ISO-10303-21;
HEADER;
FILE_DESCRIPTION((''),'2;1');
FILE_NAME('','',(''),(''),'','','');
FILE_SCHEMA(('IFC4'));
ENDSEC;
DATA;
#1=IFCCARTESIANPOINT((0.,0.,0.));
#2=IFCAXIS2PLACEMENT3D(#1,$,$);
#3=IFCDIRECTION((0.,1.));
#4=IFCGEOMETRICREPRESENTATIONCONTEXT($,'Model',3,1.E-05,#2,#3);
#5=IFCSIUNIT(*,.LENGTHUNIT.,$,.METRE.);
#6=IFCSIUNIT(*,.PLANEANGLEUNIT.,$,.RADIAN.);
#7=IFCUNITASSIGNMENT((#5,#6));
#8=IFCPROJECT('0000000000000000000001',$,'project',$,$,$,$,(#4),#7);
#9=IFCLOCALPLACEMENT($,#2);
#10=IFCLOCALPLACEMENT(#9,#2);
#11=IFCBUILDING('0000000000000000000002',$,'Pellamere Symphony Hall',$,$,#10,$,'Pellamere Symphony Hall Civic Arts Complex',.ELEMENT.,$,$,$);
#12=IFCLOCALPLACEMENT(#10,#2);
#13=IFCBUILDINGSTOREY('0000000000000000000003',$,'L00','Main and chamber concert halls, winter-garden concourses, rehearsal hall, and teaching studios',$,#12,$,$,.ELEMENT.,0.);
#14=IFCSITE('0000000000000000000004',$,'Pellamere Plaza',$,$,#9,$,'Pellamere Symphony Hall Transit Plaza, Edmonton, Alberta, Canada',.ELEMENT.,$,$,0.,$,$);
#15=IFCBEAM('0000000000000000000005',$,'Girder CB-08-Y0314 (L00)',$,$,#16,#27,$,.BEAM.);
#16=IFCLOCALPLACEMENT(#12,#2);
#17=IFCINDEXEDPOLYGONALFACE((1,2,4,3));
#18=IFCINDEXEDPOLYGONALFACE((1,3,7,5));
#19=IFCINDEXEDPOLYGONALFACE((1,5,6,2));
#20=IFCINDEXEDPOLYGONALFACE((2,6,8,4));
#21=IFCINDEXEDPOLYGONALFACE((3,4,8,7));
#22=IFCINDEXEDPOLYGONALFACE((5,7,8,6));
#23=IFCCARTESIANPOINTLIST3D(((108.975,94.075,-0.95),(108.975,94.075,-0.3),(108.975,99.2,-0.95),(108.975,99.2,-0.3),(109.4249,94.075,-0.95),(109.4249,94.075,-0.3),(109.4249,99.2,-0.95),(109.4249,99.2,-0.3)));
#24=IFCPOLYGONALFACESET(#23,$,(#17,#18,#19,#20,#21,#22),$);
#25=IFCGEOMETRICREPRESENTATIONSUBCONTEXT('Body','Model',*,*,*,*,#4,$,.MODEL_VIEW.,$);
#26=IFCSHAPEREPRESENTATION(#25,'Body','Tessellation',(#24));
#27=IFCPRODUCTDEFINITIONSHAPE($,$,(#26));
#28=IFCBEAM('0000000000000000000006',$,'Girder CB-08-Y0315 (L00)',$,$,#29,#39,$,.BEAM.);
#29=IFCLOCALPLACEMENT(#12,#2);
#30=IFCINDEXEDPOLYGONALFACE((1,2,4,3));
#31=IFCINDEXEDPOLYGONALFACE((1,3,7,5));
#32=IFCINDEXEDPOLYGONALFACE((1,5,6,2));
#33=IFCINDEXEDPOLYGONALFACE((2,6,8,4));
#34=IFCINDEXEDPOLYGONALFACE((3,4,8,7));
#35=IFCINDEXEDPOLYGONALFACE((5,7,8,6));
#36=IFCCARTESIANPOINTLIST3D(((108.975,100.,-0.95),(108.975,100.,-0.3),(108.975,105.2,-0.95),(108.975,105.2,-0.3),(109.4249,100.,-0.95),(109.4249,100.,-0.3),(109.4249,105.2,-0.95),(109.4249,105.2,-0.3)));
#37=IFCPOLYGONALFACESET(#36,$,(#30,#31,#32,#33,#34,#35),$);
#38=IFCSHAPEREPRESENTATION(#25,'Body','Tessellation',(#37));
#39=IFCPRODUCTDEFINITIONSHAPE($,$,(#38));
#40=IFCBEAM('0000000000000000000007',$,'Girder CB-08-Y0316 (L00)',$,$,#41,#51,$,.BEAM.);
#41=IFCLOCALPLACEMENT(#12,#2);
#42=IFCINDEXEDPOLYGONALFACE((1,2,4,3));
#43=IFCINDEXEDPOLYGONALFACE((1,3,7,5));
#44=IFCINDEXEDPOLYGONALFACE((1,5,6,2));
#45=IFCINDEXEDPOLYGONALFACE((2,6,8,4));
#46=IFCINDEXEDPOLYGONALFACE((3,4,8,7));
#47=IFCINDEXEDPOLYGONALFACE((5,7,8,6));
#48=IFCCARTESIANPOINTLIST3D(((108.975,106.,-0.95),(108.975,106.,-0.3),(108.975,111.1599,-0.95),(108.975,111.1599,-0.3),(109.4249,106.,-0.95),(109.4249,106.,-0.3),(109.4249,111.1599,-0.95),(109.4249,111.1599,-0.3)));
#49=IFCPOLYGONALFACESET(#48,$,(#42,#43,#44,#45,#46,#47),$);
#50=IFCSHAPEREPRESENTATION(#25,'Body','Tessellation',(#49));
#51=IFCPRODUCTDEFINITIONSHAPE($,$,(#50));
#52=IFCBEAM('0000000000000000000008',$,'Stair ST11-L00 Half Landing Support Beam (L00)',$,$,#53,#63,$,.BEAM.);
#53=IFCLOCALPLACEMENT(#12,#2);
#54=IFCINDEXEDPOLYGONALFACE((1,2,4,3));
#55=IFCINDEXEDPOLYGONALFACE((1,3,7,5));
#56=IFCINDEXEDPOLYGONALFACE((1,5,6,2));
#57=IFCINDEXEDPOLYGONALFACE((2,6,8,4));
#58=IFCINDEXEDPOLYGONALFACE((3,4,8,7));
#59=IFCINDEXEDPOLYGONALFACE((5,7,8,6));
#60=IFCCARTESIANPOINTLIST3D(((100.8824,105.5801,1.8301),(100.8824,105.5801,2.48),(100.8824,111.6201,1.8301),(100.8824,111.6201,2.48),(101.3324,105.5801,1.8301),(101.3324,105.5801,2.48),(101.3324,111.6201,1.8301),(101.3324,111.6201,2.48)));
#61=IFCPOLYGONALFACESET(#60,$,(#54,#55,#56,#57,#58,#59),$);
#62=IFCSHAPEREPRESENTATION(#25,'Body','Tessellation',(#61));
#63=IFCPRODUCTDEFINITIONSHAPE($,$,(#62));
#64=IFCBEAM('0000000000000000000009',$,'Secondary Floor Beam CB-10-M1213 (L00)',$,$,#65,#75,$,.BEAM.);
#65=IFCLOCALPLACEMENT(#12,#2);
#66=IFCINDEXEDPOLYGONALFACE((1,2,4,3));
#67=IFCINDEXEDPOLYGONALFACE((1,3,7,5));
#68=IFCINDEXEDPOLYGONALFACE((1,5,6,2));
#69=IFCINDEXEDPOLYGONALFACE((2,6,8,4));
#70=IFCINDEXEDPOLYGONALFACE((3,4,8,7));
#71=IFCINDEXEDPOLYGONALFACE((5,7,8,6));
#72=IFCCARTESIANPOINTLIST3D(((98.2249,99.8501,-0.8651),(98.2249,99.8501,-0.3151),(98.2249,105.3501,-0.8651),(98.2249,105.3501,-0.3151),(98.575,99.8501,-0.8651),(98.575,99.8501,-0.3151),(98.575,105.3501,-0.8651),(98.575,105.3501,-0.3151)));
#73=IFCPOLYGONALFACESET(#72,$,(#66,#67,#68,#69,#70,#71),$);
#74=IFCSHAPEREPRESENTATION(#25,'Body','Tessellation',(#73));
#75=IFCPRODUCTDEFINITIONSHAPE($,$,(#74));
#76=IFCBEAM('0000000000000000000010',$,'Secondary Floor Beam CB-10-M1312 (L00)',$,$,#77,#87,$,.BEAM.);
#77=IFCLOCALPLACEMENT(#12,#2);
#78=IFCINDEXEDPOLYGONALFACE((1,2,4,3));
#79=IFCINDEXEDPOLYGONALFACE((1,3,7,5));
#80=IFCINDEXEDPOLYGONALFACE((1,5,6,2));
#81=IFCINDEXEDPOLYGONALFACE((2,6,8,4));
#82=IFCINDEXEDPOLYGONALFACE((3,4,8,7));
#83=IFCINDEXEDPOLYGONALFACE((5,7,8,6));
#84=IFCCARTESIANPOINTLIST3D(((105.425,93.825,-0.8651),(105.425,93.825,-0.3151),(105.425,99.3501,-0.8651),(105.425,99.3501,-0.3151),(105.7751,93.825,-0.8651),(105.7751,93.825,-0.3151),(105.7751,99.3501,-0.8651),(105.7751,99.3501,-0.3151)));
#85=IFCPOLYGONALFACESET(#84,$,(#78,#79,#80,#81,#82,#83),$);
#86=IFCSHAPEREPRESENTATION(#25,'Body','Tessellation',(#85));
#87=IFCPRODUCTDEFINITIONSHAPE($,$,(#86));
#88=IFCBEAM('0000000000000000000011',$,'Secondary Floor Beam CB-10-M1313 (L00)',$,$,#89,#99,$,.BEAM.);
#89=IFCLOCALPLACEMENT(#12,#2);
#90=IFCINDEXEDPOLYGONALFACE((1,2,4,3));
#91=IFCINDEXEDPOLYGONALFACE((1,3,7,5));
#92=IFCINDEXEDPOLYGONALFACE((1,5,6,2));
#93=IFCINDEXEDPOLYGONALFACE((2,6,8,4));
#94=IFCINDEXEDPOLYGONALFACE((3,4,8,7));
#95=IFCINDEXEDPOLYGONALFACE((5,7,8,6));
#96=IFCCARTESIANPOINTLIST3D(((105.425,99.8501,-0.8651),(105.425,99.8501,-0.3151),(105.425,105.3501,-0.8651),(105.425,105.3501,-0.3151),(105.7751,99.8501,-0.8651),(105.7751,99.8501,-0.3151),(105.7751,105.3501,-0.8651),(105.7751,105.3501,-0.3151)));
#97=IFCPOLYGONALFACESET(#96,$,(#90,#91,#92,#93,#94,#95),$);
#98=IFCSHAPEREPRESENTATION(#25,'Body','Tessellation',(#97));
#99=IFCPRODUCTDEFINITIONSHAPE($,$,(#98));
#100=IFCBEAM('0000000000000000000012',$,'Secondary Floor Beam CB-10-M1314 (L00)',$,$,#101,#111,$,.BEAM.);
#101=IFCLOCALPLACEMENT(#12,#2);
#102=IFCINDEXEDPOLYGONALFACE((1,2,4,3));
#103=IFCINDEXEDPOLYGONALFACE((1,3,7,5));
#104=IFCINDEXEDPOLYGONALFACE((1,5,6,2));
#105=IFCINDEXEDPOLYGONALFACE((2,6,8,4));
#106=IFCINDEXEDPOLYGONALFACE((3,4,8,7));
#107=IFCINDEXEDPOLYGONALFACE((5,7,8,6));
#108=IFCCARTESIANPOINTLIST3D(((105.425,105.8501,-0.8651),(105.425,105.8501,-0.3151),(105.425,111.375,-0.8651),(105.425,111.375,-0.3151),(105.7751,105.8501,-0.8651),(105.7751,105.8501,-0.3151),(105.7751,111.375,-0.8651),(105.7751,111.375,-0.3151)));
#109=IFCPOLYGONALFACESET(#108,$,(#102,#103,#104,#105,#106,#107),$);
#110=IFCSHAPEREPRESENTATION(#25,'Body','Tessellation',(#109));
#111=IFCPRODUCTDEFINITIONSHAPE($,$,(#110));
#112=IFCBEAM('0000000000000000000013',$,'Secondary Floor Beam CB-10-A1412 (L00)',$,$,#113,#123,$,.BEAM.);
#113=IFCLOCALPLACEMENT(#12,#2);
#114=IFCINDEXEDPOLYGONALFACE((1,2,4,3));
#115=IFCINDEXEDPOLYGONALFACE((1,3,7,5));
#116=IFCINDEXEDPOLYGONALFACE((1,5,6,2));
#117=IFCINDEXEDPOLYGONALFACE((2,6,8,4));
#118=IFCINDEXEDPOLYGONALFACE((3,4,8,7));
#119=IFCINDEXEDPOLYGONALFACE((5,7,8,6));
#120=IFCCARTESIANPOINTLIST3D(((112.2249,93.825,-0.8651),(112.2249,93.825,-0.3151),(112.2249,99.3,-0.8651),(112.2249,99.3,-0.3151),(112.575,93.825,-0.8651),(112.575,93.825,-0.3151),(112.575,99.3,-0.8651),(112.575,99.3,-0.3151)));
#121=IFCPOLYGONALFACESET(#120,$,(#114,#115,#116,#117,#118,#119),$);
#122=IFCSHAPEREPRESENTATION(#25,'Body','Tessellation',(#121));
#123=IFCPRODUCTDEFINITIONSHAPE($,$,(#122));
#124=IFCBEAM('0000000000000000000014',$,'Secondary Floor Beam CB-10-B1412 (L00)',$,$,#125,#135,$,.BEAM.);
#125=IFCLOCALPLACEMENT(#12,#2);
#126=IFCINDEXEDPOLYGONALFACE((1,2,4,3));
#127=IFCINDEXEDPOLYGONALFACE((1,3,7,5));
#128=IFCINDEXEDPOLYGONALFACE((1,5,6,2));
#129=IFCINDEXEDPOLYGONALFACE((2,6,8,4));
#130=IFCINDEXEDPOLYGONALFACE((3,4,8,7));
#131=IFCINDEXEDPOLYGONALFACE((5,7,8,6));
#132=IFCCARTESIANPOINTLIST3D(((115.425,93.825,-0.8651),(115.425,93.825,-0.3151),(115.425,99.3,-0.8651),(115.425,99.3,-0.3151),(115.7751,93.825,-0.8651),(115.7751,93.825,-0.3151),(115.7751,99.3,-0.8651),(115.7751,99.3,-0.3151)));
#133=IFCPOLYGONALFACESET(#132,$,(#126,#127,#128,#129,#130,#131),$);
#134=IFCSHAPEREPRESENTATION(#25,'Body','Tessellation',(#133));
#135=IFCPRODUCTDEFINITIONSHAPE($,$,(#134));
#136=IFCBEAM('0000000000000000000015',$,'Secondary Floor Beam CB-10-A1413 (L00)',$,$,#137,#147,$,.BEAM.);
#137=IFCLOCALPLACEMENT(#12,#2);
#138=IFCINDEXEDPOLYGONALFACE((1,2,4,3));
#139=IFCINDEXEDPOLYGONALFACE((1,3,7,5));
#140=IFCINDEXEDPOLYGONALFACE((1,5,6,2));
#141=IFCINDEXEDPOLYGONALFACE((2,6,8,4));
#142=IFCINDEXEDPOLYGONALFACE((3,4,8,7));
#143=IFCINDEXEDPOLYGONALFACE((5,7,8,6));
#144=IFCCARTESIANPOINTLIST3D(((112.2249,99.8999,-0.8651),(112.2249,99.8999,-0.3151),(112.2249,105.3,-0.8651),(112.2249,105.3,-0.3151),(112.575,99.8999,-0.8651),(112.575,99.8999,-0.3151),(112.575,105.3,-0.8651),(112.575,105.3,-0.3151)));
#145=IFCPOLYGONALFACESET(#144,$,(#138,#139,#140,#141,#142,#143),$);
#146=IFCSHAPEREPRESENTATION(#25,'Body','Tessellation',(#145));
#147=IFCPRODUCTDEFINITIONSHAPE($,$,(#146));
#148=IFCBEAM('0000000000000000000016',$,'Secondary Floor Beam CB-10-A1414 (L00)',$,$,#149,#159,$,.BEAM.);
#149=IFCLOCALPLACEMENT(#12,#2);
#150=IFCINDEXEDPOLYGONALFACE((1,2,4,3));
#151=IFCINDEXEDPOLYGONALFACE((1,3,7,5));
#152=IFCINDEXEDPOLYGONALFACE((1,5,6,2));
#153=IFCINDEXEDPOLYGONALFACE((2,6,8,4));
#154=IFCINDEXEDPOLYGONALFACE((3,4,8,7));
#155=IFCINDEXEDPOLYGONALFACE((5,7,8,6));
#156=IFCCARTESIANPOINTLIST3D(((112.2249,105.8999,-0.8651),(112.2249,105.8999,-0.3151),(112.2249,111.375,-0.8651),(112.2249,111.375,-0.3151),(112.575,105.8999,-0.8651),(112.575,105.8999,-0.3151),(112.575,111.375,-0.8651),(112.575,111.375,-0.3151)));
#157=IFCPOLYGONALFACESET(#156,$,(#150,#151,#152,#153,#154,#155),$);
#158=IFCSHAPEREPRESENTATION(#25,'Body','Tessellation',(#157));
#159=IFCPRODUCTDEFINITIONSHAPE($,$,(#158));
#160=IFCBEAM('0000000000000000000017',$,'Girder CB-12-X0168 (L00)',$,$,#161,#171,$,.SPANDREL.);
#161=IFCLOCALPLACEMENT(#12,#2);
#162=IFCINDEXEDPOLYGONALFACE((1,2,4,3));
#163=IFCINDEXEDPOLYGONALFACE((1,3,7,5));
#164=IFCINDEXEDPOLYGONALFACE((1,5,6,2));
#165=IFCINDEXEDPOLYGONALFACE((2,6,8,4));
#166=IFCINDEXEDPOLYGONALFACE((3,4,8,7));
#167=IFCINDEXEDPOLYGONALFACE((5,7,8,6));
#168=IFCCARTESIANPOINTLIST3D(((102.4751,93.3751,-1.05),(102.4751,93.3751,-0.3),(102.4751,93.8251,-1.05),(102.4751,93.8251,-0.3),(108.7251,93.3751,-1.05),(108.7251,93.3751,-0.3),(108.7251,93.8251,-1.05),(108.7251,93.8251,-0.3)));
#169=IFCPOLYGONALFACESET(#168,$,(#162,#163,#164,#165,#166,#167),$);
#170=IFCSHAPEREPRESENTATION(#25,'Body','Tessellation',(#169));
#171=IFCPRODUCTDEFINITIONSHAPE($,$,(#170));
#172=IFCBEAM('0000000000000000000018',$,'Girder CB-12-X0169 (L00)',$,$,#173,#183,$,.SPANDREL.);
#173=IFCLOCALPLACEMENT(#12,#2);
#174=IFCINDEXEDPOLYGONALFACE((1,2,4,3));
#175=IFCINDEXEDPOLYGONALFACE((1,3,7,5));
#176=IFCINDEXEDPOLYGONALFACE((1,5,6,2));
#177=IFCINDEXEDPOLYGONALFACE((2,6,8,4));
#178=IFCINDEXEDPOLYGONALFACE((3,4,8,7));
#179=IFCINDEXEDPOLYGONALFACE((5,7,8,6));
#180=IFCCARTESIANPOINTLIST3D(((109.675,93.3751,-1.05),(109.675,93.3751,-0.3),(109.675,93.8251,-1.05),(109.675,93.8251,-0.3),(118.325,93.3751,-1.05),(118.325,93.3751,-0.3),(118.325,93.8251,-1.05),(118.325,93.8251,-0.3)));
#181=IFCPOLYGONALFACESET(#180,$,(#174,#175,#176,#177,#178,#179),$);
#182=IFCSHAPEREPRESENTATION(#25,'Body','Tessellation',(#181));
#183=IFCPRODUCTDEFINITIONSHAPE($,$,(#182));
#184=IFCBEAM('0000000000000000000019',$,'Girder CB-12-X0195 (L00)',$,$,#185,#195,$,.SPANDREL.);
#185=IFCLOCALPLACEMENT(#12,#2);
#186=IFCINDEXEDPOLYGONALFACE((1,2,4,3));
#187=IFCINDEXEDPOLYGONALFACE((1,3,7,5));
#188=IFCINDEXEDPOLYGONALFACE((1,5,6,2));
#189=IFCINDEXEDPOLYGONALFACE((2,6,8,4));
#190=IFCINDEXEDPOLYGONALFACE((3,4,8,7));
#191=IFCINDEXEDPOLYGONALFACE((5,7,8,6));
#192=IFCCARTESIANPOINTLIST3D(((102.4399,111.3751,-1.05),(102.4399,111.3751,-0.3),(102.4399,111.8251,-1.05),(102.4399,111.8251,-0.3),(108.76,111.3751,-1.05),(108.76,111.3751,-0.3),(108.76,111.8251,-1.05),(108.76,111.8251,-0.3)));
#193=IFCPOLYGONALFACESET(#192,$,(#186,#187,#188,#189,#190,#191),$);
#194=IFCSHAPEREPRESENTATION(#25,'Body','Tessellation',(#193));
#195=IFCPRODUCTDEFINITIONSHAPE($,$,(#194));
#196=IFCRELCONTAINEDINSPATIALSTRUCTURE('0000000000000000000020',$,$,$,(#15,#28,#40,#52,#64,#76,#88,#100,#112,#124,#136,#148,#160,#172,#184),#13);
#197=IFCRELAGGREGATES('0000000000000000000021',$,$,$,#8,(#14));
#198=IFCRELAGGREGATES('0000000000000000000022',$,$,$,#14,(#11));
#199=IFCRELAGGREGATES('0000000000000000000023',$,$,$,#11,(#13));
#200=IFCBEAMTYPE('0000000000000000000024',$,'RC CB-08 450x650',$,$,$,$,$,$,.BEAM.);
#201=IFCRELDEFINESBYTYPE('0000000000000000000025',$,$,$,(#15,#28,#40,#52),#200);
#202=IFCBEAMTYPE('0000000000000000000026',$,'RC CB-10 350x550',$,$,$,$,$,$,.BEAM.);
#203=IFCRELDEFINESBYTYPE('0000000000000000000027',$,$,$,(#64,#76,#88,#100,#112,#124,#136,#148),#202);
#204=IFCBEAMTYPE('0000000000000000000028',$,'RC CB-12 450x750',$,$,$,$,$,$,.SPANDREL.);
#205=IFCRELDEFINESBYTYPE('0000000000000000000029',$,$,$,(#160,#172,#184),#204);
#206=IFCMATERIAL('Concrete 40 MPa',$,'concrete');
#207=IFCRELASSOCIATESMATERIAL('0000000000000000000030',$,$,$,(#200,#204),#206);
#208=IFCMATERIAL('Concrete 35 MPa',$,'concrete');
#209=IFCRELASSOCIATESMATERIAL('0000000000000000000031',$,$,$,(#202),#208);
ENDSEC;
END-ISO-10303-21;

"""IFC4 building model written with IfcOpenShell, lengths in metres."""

from ifc_helpers import new_model, si_unit, direction, frame, origin, origin_2d, place, context, subcontext, project, spatial, rectangle, extrude, material, material_profile, profile_set, type_object, element, save


model = new_model("IFC4")

# Units and contexts
model_context = context("Model", 3, precision=1e-05, world=origin(), true_north=direction((0.0, 1.0)))
body_context = subcontext(model_context, "Body", "Model", "MODEL_VIEW")
ifc_project = project(units=[si_unit("LENGTHUNIT", "METRE"), si_unit("PLANEANGLEUNIT", "RADIAN")], contexts=[model_context])

# Site, building, storey
site_placement = place(None, origin())
site = spatial("IfcSite", under=ifc_project, at=site_placement, Name="Pellamere Plaza", LongName="Pellamere Symphony Hall Transit Plaza, Edmonton, Alberta, Canada", CompositionType="ELEMENT", RefElevation=0.0)
building_placement = place(site_placement, origin())
building = spatial("IfcBuilding", under=site, at=building_placement, Name="Pellamere Symphony Hall", LongName="Pellamere Symphony Hall Civic Arts Complex", CompositionType="ELEMENT")
storey_placement = place(building_placement, origin())
storey = spatial("IfcBuildingStorey", under=building, at=storey_placement, Name="L00", Description="Main and chamber concert halls, winter-garden concourses, rehearsal hall, and teaching studios", CompositionType="ELEMENT", Elevation=0.0)

# Shared definitions
ifc_material_1 = material(Name="Concrete 40 MPa", Category="concrete")

# Beams
ifc_material_profile_1 = material_profile(ifc_material_1, rectangle(XDim=0.45, YDim=0.6499, at=origin_2d()), Name="RC 450x650")
ifc_profile_set_1 = profile_set([ifc_material_profile_1], Name="Concrete 40 MPa")
beam_type_1 = type_object("IfcBeamType", Name="RC CB-08 450x650", PredefinedType="BEAM", material=ifc_profile_set_1)
beam_1_placement = place(storey_placement, frame((109.2, 94.075, -0.625), z_axis=(0.0, 1.0, 0.0), x_axis=(-1.0, 0.0, 0.0)))
element("IfcBeam", 1, at=beam_1_placement, inside=storey, type_object=beam_type_1, Name="Girder CB-08-Y0314 (L00)", PredefinedType="BEAM", context=body_context, shape_type="SweptSolid", body=[
    extrude(rectangle(XDim=0.45, YDim=0.6499, at=origin_2d()), origin(), (0.0, 0.0, 1.0), 5.125),
])
beam_2_placement = place(storey_placement, frame((109.2, 100.0, -0.625), z_axis=(0.0, 1.0, 0.0), x_axis=(-1.0, 0.0, 0.0)))
element("IfcBeam", 2, at=beam_2_placement, inside=storey, type_object=beam_type_1, Name="Girder CB-08-Y0315 (L00)", PredefinedType="BEAM", context=body_context, shape_type="SweptSolid", body=[
    extrude(rectangle(XDim=0.45, YDim=0.6499, at=origin_2d()), origin(), (0.0, 0.0, 1.0), 5.2),
])
beam_3_placement = place(storey_placement, frame((109.2, 106.0, -0.625), z_axis=(0.0, 1.0, 0.0), x_axis=(-1.0, 0.0, 0.0)))
element("IfcBeam", 3, at=beam_3_placement, inside=storey, type_object=beam_type_1, Name="Girder CB-08-Y0316 (L00)", PredefinedType="BEAM", context=body_context, shape_type="SweptSolid", body=[
    extrude(rectangle(XDim=0.45, YDim=0.6499, at=origin_2d()), origin(), (0.0, 0.0, 1.0), 5.1599),
])
beam_4_placement = place(storey_placement, frame((101.1074, 105.5801, 2.155), z_axis=(0.0, 1.0, 0.0), x_axis=(-1.0, 0.0, 0.0)))
element("IfcBeam", 4, at=beam_4_placement, inside=storey, type_object=beam_type_1, Name="Stair ST11-L00 Half Landing Support Beam (L00)", PredefinedType="BEAM", context=body_context, shape_type="SweptSolid", body=[
    extrude(rectangle(XDim=0.45, YDim=0.6499, at=origin_2d()), origin(), (0.0, 0.0, 1.0), 6.04),
])
ifc_material_2 = material(Name="Concrete 35 MPa", Category="concrete")
ifc_material_profile_2 = material_profile(ifc_material_2, rectangle(XDim=0.3501, YDim=0.55, at=origin_2d()), Name="RC 350x550")
ifc_profile_set_2 = profile_set([ifc_material_profile_2], Name="Concrete 35 MPa")
beam_type_2 = type_object("IfcBeamType", Name="RC CB-10 350x550", PredefinedType="BEAM", material=ifc_profile_set_2)
beam_5_placement = place(storey_placement, frame((98.3999, 99.8501, -0.5901), z_axis=(0.0, 1.0, 0.0), x_axis=(-1.0, 0.0, 0.0)))
element("IfcBeam", 5, at=beam_5_placement, inside=storey, type_object=beam_type_2, Name="Secondary Floor Beam CB-10-M1213 (L00)", PredefinedType="BEAM", context=body_context, shape_type="SweptSolid", body=[
    extrude(rectangle(XDim=0.3501, YDim=0.55, at=origin_2d()), origin(), (0.0, 0.0, 1.0), 5.5),
])
beam_6_placement = place(storey_placement, frame((105.6001, 93.825, -0.5901), z_axis=(0.0, 1.0, 0.0), x_axis=(-1.0, 0.0, 0.0)))
element("IfcBeam", 6, at=beam_6_placement, inside=storey, type_object=beam_type_2, Name="Secondary Floor Beam CB-10-M1312 (L00)", PredefinedType="BEAM", context=body_context, shape_type="SweptSolid", body=[
    extrude(rectangle(XDim=0.3501, YDim=0.55, at=origin_2d()), origin(), (0.0, 0.0, 1.0), 5.5251),
])
beam_7_placement = place(storey_placement, frame((105.6001, 99.8501, -0.5901), z_axis=(0.0, 1.0, 0.0), x_axis=(-1.0, 0.0, 0.0)))
element("IfcBeam", 7, at=beam_7_placement, inside=storey, type_object=beam_type_2, Name="Secondary Floor Beam CB-10-M1313 (L00)", PredefinedType="BEAM", context=body_context, shape_type="SweptSolid", body=[
    extrude(rectangle(XDim=0.3501, YDim=0.55, at=origin_2d()), origin(), (0.0, 0.0, 1.0), 5.5),
])
beam_8_placement = place(storey_placement, frame((105.6001, 105.8501, -0.5901), z_axis=(0.0, 1.0, 0.0), x_axis=(-1.0, 0.0, 0.0)))
element("IfcBeam", 8, at=beam_8_placement, inside=storey, type_object=beam_type_2, Name="Secondary Floor Beam CB-10-M1314 (L00)", PredefinedType="BEAM", context=body_context, shape_type="SweptSolid", body=[
    extrude(rectangle(XDim=0.3501, YDim=0.55, at=origin_2d()), origin(), (0.0, 0.0, 1.0), 5.5249),
])
for number, where, z_axis, x_axis, name in (
    (9, (112.3999, 93.825, -0.5901), (0.0, 1.0, 0.0), (-1.0, 0.0, 0.0), "Secondary Floor Beam CB-10-A1412 (L00)"),
    (10, (115.6001, 93.825, -0.5901), (0.0, 1.0, 0.0), (-1.0, 0.0, 0.0), "Secondary Floor Beam CB-10-B1412 (L00)"),
):
    element("IfcBeam", number, at=place(storey_placement, frame(where, z_axis=z_axis, x_axis=x_axis)), inside=storey, type_object=beam_type_2, Name=name, PredefinedType="BEAM", context=body_context, shape_type="SweptSolid", body=[
        extrude(rectangle(XDim=0.3501, YDim=0.55, at=origin_2d()), origin(), (0.0, 0.0, 1.0), 5.4751),
    ])
beam_9_placement = place(storey_placement, frame((112.3999, 99.8999, -0.5901), z_axis=(0.0, 1.0, 0.0), x_axis=(-1.0, 0.0, 0.0)))
element("IfcBeam", 11, at=beam_9_placement, inside=storey, type_object=beam_type_2, Name="Secondary Floor Beam CB-10-A1413 (L00)", PredefinedType="BEAM", context=body_context, shape_type="SweptSolid", body=[
    extrude(rectangle(XDim=0.3501, YDim=0.55, at=origin_2d()), origin(), (0.0, 0.0, 1.0), 5.4001),
])
beam_10_placement = place(storey_placement, frame((112.3999, 105.8999, -0.5901), z_axis=(0.0, 1.0, 0.0), x_axis=(-1.0, 0.0, 0.0)))
element("IfcBeam", 12, at=beam_10_placement, inside=storey, type_object=beam_type_2, Name="Secondary Floor Beam CB-10-A1414 (L00)", PredefinedType="BEAM", context=body_context, shape_type="SweptSolid", body=[
    extrude(rectangle(XDim=0.3501, YDim=0.55, at=origin_2d()), origin(), (0.0, 0.0, 1.0), 5.4751),
])
ifc_material_profile_3 = material_profile(ifc_material_1, rectangle(XDim=0.45, YDim=0.75, at=origin_2d()), Name="RC 450x750")
ifc_profile_set_3 = profile_set([ifc_material_profile_3], Name="Concrete 40 MPa")
beam_type_3 = type_object("IfcBeamType", Name="RC CB-12 450x750", PredefinedType="SPANDREL", material=ifc_profile_set_3)
beam_11_placement = place(storey_placement, frame((102.4751, 93.6001, -0.675), z_axis=(1.0, 0.0, 0.0), x_axis=(0.0, 1.0, 0.0)))
element("IfcBeam", 13, at=beam_11_placement, inside=storey, type_object=beam_type_3, Name="Girder CB-12-X0168 (L00)", PredefinedType="SPANDREL", context=body_context, shape_type="SweptSolid", body=[
    extrude(rectangle(XDim=0.45, YDim=0.75, at=origin_2d()), origin(), (0.0, 0.0, 1.0), 6.25),
])
beam_12_placement = place(storey_placement, frame((109.675, 93.6001, -0.675), z_axis=(1.0, 0.0, 0.0), x_axis=(0.0, 1.0, 0.0)))
element("IfcBeam", 14, at=beam_12_placement, inside=storey, type_object=beam_type_3, Name="Girder CB-12-X0169 (L00)", PredefinedType="SPANDREL", context=body_context, shape_type="SweptSolid", body=[
    extrude(rectangle(XDim=0.45, YDim=0.75, at=origin_2d()), origin(), (0.0, 0.0, 1.0), 8.6499),
])
beam_13_placement = place(storey_placement, frame((102.4399, 111.6001, -0.675), z_axis=(1.0, 0.0, 0.0), x_axis=(0.0, 1.0, 0.0)))
element("IfcBeam", 15, at=beam_13_placement, inside=storey, type_object=beam_type_3, Name="Girder CB-12-X0195 (L00)", PredefinedType="SPANDREL", context=body_context, shape_type="SweptSolid", body=[
    extrude(rectangle(XDim=0.45, YDim=0.75, at=origin_2d()), origin(), (0.0, 0.0, 1.0), 6.3201),
])

save(model, "model.ifc")
